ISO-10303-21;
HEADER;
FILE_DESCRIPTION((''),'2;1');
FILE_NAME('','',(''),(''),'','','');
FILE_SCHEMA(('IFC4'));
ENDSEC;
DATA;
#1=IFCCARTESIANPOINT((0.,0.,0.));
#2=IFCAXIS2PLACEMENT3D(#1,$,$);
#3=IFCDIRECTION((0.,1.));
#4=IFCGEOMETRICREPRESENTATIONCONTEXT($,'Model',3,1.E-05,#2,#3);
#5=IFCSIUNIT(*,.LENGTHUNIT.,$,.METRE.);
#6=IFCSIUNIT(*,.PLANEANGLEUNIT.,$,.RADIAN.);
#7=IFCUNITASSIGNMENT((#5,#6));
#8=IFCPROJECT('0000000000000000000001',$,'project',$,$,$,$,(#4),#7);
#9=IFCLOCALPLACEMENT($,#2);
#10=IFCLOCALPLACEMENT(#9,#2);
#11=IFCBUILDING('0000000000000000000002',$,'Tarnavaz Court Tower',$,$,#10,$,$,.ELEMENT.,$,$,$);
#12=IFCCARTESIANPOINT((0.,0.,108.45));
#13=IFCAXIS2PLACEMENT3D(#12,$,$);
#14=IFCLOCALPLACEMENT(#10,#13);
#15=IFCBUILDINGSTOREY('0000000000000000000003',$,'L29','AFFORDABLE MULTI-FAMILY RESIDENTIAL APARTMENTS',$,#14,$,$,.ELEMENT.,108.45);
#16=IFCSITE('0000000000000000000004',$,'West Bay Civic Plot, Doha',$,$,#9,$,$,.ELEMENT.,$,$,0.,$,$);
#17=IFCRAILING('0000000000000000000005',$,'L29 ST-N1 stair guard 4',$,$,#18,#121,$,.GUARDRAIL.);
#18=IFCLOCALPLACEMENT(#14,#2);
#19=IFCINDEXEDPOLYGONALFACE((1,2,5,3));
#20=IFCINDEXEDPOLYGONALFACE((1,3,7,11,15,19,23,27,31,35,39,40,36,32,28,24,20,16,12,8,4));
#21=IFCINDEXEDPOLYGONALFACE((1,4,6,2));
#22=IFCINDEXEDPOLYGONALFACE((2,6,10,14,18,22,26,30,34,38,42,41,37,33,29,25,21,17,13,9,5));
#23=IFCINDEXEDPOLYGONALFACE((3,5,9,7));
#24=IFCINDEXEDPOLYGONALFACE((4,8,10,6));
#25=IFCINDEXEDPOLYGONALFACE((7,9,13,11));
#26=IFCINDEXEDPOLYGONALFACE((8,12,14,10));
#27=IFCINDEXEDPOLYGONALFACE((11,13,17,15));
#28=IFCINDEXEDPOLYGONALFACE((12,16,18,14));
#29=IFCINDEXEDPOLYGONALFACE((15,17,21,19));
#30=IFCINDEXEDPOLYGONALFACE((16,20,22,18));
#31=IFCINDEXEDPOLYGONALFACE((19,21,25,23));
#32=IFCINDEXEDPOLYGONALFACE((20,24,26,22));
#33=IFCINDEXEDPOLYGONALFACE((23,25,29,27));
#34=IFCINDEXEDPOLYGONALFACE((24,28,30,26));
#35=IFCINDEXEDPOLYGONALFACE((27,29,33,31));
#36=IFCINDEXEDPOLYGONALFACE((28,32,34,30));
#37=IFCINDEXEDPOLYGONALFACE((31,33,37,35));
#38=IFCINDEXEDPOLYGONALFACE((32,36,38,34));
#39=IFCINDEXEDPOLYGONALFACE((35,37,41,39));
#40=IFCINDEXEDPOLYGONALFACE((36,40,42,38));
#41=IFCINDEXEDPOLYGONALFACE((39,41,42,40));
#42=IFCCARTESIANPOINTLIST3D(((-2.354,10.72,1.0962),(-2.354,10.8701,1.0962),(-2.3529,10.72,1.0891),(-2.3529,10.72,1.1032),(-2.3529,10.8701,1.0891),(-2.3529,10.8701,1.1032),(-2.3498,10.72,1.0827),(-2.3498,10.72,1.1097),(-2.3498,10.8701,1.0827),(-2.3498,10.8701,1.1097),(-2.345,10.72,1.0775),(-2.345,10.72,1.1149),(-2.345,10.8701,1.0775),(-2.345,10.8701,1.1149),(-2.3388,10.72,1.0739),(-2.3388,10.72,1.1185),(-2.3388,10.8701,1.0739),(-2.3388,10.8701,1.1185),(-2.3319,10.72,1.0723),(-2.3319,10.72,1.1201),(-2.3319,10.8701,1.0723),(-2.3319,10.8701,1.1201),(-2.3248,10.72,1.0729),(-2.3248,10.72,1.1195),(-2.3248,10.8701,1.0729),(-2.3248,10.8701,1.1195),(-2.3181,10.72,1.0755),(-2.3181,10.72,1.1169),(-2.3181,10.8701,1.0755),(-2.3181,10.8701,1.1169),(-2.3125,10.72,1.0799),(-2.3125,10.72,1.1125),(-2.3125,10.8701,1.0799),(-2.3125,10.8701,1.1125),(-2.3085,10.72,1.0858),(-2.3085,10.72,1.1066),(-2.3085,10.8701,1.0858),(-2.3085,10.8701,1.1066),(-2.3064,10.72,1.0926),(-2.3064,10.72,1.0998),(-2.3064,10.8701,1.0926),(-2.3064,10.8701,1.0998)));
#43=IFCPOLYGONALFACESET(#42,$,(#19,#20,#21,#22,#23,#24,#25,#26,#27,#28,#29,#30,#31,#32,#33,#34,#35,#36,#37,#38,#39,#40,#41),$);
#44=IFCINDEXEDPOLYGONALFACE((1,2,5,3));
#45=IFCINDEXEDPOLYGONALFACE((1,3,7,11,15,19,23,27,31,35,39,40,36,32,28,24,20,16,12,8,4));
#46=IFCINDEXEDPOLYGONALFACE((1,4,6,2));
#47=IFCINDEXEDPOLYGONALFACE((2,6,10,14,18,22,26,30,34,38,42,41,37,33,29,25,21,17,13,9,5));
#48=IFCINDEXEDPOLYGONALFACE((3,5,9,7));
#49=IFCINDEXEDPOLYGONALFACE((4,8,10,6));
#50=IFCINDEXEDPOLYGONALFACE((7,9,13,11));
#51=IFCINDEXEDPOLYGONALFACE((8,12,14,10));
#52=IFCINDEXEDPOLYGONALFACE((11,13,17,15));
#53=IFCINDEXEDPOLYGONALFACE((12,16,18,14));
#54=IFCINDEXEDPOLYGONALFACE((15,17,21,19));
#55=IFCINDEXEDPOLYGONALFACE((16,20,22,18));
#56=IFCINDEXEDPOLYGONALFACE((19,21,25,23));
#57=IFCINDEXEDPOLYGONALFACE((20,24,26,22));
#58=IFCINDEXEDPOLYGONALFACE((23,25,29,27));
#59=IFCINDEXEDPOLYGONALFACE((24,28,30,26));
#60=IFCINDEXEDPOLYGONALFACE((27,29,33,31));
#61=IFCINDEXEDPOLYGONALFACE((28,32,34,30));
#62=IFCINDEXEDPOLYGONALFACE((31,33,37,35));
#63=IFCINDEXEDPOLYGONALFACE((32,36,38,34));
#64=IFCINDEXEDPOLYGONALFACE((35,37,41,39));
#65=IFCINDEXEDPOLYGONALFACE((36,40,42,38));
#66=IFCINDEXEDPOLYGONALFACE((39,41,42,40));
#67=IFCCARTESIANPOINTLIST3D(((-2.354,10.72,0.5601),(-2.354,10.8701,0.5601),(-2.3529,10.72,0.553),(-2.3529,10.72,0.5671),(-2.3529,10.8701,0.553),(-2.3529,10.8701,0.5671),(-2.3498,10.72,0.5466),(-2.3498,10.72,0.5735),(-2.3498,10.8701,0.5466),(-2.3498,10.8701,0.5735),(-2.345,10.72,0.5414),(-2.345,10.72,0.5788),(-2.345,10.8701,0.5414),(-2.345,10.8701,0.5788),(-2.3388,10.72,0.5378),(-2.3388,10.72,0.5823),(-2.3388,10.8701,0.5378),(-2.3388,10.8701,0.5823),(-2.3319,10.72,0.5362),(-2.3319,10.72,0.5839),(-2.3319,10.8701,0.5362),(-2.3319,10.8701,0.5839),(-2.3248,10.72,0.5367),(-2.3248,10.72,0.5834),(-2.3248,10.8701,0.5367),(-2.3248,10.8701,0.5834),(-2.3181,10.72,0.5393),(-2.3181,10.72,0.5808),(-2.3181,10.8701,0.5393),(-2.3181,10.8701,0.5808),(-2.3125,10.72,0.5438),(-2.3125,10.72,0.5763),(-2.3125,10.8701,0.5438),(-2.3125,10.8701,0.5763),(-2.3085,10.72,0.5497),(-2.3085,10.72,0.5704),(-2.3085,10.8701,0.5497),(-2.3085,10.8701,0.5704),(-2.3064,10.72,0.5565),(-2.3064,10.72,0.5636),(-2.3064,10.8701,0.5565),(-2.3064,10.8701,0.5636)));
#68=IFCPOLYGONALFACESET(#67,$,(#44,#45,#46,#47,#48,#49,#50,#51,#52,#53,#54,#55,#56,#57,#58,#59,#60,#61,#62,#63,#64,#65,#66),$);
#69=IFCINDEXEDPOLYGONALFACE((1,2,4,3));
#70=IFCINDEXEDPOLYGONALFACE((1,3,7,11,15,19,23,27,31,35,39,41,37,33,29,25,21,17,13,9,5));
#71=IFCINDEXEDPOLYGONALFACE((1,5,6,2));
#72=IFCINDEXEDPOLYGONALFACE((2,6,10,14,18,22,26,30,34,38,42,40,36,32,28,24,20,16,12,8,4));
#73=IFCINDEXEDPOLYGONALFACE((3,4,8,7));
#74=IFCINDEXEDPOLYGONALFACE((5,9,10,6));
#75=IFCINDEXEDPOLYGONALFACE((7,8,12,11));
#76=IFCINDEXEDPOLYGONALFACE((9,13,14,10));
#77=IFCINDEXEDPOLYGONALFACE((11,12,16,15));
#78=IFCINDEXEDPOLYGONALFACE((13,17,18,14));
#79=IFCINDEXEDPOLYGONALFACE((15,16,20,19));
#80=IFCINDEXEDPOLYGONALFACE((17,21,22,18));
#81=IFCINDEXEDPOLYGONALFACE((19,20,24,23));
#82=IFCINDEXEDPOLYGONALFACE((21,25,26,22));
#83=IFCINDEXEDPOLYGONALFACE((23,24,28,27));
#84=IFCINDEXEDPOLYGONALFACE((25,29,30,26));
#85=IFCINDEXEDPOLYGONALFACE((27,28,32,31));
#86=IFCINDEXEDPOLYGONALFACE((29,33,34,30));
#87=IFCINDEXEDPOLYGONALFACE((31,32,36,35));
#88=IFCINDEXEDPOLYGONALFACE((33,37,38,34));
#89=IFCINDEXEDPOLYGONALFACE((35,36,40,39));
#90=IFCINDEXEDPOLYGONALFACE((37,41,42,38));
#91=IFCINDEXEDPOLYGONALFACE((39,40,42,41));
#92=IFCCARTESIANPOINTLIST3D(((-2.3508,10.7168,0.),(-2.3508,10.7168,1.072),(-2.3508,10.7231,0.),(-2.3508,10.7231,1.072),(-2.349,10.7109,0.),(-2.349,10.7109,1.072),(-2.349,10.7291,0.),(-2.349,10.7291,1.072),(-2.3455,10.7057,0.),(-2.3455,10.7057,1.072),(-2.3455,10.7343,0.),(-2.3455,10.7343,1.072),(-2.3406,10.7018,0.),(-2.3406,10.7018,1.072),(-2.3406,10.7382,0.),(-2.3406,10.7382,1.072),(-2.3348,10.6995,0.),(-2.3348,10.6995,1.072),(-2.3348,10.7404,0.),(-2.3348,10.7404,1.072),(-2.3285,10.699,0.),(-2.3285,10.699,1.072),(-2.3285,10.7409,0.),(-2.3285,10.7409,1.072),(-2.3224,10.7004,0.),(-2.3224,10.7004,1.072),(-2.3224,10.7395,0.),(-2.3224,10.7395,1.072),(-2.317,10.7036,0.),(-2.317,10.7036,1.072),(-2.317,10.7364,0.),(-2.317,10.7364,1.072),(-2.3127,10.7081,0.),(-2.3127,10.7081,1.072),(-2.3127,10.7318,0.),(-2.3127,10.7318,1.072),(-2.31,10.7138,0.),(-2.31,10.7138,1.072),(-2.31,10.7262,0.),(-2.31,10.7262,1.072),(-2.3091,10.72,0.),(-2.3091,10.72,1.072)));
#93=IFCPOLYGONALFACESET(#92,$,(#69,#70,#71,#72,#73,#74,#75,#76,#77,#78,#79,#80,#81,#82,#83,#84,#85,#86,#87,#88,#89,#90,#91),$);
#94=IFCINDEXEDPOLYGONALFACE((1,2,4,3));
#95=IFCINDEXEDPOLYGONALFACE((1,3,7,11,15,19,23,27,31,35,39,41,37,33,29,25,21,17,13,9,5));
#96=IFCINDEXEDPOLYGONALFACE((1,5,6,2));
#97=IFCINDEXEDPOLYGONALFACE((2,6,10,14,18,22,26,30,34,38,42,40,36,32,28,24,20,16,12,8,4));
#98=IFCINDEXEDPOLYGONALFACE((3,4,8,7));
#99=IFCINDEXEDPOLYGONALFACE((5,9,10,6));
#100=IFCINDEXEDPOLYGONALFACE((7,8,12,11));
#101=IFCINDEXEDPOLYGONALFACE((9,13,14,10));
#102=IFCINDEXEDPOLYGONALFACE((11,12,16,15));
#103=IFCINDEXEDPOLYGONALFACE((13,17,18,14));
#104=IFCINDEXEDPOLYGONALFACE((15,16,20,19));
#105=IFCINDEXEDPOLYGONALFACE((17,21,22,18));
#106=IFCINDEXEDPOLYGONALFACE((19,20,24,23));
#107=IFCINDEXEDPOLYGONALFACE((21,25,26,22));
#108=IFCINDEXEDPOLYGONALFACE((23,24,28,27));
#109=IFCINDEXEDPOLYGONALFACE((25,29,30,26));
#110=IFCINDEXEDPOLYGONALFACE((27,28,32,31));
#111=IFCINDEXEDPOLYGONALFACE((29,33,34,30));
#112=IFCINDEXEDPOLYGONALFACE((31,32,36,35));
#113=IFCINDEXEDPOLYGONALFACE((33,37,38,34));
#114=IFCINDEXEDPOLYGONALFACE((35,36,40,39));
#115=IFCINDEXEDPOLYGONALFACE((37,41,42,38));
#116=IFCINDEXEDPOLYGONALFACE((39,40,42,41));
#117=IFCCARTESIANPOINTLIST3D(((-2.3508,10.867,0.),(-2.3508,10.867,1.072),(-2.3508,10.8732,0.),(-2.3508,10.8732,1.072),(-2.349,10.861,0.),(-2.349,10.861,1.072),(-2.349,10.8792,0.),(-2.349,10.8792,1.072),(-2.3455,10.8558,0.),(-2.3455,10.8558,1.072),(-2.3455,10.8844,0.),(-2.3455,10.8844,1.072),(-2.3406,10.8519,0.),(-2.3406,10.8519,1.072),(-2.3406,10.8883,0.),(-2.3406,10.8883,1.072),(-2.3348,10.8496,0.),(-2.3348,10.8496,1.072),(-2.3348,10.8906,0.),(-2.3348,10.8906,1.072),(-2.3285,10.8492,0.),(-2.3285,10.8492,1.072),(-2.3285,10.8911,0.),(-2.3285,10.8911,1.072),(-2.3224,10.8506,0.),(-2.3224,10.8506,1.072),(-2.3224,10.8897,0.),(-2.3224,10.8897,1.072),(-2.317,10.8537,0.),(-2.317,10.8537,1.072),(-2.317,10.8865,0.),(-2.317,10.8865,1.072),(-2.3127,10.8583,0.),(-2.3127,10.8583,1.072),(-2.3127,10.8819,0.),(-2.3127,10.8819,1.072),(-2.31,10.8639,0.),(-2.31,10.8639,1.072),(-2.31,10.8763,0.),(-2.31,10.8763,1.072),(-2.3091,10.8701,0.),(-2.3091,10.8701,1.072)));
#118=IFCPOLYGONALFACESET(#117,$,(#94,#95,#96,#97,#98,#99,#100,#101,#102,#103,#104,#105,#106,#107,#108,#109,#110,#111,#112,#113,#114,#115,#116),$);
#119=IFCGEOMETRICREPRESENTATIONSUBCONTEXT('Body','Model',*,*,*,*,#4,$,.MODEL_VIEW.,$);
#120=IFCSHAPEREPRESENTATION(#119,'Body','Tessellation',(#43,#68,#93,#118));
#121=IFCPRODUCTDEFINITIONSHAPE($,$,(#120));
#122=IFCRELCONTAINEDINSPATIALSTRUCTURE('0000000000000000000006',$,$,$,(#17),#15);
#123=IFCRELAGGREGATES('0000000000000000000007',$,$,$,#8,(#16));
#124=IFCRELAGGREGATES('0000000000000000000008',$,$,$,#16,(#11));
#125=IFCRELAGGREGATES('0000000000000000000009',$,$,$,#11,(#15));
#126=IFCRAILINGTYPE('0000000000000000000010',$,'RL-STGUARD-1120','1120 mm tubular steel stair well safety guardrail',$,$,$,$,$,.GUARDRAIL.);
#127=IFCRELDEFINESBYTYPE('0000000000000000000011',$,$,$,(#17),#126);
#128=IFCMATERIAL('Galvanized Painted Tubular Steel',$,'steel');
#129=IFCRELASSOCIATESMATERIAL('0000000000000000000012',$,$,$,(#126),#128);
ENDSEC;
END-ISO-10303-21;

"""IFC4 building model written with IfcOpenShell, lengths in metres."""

from ifc_helpers import new_model, si_unit, direction, frame, origin, origin_2d, place, context, subcontext, project, spatial, circle, extrude, material, type_object, element, save


model = new_model("IFC4")

# Units and contexts
model_context = context("Model", 3, precision=1e-05, world=origin(), true_north=direction((0.0, 1.0)))
body_context = subcontext(model_context, "Body", "Model", "MODEL_VIEW")
ifc_project = project(units=[si_unit("LENGTHUNIT", "METRE"), si_unit("PLANEANGLEUNIT", "RADIAN")], contexts=[model_context])

# Site, building, storey
site_placement = place(None, origin())
site = spatial("IfcSite", under=ifc_project, at=site_placement, Name="West Bay Civic Plot, Doha", CompositionType="ELEMENT", RefElevation=0.0)
building_placement = place(site_placement, origin())
building = spatial("IfcBuilding", under=site, at=building_placement, Name="Tarnavaz Court Tower", CompositionType="ELEMENT")
storey_placement = place(building_placement, frame((0.0, 0.0, 108.45)))
storey = spatial("IfcBuildingStorey", under=building, at=storey_placement, Name="L29", Description="AFFORDABLE MULTI-FAMILY RESIDENTIAL APARTMENTS", CompositionType="ELEMENT", Elevation=108.45)

# Railing
ifc_material_1 = material(Name="Galvanized Painted Tubular Steel", Category="steel")
railing_type_1 = type_object("IfcRailingType", Name="RL-STGUARD-1120", Description="1120 mm tubular steel stair well safety guardrail", PredefinedType="GUARDRAIL", material=ifc_material_1)
railing_1_placement = place(storey_placement, frame((-2.3301, 10.72, 0.0)))
element("IfcRailing", 1, at=railing_1_placement, inside=storey, type_object=railing_type_1, Name="L29 ST-N1 stair guard 4", PredefinedType="GUARDRAIL", context=body_context, shape_type="SweptSolid", body=[
    extrude(circle(Radius=0.0239, at=origin_2d()), frame((0.0, 0.0, 1.0962), z_axis=(0.0, 1.0, 0.0), x_axis=(-1.0, 0.0, 0.0)), (0.0, 0.0, 1.0), 0.1501),
    extrude(circle(Radius=0.0239, at=origin_2d()), frame((0.0, 0.0, 0.5601), z_axis=(0.0, 1.0, 0.0), x_axis=(-1.0, 0.0, 0.0)), (0.0, 0.0, 1.0), 0.1501),
    extrude(circle(Radius=0.021, at=origin_2d()), origin(), (0.0, 0.0, 1.0), 1.072),
    extrude(circle(Radius=0.021, at=origin_2d()), frame((0.0, 0.1501, 0.0)), (0.0, 0.0, 1.0), 1.072),
])

save(model, "model.ifc")
